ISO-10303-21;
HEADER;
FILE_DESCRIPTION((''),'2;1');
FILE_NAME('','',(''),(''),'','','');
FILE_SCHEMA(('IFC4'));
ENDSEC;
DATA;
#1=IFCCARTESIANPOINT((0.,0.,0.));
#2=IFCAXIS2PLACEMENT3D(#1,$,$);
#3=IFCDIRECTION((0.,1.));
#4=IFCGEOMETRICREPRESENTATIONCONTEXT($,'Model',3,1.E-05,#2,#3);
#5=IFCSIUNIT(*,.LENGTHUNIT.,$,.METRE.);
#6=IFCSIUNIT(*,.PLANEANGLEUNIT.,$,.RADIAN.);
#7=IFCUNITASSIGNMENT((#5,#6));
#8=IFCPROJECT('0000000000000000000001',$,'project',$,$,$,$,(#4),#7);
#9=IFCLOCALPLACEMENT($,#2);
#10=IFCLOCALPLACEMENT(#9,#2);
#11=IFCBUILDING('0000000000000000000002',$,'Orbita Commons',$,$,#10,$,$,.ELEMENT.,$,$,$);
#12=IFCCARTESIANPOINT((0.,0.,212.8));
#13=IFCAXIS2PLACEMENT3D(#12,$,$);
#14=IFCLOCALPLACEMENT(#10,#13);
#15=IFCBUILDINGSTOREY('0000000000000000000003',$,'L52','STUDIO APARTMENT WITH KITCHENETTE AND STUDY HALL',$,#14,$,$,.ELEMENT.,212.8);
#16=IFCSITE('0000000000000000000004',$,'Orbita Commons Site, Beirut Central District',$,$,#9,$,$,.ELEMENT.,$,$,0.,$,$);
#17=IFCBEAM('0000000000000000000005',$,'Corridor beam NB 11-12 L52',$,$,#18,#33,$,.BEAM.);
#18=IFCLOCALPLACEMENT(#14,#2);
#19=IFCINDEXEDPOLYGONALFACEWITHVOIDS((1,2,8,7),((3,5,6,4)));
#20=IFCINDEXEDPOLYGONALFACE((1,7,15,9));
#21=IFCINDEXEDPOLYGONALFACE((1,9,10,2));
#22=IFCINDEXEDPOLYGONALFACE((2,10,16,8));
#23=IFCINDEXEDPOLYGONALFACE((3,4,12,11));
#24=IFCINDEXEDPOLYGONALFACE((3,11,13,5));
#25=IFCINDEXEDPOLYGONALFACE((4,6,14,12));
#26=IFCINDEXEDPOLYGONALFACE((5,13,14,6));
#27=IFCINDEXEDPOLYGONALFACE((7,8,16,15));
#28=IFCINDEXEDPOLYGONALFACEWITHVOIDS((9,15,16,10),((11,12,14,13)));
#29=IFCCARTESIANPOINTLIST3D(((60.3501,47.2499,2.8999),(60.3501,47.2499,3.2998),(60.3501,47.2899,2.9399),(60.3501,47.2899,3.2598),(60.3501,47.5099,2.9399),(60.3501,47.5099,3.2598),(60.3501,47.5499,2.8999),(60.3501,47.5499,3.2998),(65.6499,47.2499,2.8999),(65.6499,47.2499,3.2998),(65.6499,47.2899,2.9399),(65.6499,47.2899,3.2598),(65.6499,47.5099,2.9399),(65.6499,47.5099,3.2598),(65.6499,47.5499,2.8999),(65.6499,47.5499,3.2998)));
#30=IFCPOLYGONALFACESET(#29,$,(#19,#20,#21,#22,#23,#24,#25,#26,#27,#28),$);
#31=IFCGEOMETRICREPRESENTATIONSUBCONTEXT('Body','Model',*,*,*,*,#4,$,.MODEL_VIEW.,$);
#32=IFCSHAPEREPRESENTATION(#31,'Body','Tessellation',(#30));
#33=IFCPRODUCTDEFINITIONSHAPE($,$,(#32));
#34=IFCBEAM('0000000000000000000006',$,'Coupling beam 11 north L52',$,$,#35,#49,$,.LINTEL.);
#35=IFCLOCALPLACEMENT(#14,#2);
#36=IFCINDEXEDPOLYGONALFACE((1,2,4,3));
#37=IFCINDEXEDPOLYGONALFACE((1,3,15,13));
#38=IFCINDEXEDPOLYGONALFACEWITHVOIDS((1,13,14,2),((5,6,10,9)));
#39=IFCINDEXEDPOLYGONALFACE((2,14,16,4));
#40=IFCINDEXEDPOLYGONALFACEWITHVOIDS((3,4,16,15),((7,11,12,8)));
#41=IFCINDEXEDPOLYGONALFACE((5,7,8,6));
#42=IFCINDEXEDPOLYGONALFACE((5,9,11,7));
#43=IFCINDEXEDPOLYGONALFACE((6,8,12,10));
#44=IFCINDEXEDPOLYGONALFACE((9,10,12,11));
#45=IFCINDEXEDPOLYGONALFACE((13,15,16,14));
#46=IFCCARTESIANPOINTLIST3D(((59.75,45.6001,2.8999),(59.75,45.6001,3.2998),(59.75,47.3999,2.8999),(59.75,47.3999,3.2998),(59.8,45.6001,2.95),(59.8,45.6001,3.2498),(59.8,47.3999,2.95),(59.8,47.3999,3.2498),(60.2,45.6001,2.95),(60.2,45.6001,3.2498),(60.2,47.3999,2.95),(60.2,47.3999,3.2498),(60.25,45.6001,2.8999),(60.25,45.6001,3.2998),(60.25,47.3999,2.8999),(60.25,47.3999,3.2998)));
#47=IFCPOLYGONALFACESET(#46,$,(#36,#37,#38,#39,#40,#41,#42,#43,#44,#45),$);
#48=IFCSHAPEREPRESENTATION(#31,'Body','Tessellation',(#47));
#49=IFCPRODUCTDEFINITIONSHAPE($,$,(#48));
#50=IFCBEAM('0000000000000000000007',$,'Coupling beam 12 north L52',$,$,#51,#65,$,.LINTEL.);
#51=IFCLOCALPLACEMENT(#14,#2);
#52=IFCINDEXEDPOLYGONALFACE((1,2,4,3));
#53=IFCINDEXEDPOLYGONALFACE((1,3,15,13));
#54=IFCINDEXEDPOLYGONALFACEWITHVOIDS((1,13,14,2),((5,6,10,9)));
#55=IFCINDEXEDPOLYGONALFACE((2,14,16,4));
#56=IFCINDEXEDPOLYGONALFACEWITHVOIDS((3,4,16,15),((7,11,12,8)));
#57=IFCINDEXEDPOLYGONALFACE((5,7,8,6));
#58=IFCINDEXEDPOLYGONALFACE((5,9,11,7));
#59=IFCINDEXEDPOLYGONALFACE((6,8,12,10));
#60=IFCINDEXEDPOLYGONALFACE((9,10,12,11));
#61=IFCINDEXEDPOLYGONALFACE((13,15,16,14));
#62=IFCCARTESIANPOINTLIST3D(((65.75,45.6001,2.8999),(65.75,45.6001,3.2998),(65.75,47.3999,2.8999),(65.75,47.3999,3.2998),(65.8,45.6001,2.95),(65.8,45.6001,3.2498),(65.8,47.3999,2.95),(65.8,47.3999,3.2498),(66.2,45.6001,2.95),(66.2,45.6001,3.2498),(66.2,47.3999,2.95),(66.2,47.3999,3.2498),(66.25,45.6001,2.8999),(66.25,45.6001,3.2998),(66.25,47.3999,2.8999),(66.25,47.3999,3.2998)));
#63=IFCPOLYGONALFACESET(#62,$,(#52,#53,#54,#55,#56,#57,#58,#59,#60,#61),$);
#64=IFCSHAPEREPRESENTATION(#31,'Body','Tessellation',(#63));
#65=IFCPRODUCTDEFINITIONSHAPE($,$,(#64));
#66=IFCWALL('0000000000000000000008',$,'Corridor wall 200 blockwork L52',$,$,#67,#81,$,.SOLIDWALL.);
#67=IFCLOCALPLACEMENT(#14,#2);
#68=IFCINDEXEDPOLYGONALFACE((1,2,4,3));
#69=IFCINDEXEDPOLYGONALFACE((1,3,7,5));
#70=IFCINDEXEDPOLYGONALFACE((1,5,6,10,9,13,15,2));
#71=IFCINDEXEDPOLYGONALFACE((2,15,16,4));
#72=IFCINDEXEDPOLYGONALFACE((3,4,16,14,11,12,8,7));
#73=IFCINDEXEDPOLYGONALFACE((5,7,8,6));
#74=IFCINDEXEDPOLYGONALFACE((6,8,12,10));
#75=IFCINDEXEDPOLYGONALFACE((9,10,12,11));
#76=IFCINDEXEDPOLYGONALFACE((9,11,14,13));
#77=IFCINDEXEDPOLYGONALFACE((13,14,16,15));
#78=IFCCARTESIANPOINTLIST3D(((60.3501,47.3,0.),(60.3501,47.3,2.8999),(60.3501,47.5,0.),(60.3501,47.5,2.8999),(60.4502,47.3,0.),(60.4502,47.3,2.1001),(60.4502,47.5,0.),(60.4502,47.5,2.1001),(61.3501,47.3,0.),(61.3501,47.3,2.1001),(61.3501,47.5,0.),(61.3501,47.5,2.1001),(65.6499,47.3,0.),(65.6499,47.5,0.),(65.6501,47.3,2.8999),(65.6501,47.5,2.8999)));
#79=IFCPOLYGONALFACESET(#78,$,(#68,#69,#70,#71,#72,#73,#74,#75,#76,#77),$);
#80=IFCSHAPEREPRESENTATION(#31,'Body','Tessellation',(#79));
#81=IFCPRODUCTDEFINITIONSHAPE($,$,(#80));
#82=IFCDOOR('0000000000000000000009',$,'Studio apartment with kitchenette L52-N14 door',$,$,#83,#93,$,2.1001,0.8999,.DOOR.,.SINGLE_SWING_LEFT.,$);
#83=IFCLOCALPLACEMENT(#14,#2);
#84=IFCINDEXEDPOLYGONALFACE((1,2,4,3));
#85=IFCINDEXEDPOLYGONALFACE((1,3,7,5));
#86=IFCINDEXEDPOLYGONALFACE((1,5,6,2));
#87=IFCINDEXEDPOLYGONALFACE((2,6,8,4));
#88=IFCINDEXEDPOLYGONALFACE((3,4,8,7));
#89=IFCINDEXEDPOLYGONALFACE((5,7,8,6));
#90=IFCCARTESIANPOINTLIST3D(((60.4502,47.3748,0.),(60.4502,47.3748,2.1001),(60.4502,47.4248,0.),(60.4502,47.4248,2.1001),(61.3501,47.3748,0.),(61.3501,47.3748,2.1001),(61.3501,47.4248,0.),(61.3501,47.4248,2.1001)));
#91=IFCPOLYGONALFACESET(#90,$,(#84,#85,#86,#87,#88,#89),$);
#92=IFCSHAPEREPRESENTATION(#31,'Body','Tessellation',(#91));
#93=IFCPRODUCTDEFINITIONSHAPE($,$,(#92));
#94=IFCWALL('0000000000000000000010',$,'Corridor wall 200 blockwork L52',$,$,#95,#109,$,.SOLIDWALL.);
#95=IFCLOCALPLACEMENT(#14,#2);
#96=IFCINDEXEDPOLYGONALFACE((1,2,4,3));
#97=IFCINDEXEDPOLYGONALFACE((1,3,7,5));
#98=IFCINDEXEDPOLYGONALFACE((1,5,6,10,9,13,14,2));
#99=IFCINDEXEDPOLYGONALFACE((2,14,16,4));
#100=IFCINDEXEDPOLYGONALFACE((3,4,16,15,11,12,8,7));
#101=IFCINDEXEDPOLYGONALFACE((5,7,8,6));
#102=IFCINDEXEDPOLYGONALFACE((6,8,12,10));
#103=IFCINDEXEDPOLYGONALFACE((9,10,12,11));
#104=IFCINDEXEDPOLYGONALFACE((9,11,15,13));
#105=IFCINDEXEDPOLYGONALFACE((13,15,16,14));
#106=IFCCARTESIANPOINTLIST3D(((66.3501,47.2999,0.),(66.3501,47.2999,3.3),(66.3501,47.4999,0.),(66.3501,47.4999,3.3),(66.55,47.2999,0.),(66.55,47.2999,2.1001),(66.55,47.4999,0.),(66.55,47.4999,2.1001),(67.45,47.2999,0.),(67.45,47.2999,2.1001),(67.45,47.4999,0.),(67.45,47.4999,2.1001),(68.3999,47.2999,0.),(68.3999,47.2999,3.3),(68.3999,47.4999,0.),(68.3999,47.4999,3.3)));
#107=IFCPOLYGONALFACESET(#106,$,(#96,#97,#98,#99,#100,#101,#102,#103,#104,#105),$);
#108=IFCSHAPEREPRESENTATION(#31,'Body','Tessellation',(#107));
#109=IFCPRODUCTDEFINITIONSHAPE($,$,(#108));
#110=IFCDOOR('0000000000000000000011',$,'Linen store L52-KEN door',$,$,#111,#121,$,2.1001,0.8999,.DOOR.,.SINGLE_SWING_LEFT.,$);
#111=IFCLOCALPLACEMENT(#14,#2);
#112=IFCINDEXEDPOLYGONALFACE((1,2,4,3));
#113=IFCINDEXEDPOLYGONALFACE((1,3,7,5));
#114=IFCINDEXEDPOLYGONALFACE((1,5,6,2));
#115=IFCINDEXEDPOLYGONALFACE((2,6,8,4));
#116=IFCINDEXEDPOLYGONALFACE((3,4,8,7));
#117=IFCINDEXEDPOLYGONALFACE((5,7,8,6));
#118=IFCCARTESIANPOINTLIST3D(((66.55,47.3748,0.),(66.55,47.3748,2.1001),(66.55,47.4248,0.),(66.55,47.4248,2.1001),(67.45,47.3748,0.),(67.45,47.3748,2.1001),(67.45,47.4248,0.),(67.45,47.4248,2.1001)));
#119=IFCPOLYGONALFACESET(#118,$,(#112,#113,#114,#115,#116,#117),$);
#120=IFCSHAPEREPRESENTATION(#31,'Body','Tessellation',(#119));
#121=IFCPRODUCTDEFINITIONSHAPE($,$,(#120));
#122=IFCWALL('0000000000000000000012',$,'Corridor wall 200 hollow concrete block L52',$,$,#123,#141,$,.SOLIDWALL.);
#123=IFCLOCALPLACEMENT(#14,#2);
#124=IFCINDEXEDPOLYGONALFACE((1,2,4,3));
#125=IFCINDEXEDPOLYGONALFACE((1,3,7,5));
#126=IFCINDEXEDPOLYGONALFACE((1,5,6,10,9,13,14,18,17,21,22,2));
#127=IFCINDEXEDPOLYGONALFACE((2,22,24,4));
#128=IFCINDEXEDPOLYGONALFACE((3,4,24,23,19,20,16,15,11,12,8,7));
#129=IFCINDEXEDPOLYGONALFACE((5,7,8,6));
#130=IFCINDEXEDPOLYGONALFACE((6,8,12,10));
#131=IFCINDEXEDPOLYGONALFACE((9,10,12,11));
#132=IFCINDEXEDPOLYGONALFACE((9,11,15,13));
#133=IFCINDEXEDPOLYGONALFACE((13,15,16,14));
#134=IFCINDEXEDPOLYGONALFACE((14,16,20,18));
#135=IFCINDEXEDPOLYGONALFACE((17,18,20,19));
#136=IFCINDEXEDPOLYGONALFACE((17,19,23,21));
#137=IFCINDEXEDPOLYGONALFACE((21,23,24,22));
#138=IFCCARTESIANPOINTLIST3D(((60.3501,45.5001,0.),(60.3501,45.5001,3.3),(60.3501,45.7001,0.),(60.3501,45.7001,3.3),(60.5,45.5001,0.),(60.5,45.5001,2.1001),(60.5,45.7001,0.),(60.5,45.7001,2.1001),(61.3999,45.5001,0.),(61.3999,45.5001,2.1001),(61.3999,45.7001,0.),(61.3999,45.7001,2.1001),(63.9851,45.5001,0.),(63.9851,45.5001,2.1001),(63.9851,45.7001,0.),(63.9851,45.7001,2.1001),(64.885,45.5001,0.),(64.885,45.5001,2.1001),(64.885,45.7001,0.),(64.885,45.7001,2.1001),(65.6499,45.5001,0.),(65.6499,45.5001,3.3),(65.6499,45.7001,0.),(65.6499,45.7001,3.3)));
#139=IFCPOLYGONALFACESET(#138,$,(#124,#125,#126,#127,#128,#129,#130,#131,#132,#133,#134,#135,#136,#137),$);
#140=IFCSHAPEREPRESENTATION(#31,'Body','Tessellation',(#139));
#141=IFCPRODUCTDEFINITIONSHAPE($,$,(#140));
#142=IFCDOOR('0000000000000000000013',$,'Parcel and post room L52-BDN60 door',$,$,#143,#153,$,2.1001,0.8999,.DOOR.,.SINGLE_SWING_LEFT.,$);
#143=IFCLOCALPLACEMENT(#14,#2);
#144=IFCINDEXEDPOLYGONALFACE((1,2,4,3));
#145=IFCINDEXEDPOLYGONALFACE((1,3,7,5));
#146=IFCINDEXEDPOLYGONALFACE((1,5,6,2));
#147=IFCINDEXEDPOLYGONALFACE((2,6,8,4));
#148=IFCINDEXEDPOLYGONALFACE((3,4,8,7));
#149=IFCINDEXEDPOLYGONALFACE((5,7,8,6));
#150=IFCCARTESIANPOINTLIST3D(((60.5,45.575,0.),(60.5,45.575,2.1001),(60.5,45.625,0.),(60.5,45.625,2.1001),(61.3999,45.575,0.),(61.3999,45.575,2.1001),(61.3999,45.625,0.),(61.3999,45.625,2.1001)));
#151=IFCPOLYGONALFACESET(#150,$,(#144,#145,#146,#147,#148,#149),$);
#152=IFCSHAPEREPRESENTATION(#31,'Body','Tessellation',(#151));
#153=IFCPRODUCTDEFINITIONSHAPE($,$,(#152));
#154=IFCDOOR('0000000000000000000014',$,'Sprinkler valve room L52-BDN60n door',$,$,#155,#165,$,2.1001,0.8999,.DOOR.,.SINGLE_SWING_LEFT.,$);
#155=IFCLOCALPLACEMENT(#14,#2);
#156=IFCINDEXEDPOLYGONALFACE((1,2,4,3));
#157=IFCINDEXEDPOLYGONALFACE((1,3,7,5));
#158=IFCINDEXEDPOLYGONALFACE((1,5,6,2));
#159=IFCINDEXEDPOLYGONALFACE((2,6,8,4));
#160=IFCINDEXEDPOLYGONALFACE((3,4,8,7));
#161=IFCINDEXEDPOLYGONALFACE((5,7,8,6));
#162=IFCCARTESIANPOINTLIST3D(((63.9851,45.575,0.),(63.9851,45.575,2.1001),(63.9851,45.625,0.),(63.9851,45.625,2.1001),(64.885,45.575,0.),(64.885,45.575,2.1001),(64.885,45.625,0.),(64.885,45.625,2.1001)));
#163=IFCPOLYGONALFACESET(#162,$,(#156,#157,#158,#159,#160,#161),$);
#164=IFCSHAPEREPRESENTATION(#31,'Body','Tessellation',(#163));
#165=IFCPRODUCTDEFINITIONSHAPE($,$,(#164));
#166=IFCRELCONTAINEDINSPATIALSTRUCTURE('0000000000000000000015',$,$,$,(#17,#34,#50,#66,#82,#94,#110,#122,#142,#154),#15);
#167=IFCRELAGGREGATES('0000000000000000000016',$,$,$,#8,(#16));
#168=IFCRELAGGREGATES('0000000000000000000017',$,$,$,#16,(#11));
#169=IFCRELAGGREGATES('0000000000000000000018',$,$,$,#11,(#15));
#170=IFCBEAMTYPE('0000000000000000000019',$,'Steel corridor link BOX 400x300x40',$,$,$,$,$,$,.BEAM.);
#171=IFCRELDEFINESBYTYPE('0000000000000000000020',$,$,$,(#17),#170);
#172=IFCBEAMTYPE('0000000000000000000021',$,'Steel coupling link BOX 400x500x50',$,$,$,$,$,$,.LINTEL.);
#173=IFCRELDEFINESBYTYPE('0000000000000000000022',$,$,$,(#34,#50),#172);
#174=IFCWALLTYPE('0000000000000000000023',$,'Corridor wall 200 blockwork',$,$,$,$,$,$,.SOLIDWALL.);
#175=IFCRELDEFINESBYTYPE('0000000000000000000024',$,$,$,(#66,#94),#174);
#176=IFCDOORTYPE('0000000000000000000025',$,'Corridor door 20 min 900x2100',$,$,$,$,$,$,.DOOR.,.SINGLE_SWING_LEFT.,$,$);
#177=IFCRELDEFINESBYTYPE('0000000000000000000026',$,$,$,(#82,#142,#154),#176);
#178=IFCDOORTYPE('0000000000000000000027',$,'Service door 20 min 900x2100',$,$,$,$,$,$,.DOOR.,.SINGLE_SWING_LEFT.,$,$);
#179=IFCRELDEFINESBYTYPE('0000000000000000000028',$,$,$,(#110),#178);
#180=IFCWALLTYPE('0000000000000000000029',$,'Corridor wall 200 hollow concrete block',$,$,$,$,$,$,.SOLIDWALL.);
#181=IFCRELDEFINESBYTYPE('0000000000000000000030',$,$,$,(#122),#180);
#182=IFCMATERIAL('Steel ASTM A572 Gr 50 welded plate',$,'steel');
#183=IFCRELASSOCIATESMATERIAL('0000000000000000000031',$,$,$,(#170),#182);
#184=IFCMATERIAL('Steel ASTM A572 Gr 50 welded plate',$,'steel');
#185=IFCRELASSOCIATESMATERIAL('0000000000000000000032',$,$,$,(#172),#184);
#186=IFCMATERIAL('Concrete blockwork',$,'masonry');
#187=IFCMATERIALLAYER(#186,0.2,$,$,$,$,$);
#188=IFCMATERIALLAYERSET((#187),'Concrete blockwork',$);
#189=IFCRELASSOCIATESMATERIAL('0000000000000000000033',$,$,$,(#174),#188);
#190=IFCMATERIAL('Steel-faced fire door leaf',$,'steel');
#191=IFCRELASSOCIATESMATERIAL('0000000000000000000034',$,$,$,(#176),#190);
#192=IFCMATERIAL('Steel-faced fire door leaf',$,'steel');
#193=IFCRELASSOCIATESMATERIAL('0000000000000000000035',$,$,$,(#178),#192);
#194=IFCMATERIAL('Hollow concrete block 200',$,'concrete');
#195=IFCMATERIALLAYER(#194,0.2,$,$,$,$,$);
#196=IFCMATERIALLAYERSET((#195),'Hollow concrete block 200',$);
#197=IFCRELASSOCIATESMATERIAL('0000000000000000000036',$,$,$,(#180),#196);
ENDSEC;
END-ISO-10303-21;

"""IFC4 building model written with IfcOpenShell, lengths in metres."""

from ifc_helpers import new_model, si_unit, direction, frame, frame_2d, origin, origin_2d, place, context, subcontext, project, spatial, polyline, rectangle, hollow_rectangle, outline, extrude, material, layer, layer_set, material_profile, profile_set, type_object, element, fill, save


model = new_model("IFC4")

# Units and contexts
model_context = context("Model", 3, precision=1e-05, world=origin(), true_north=direction((0.0, 1.0)))
body_context = subcontext(model_context, "Body", "Model", "MODEL_VIEW")
ifc_project = project(units=[si_unit("LENGTHUNIT", "METRE"), si_unit("PLANEANGLEUNIT", "RADIAN")], contexts=[model_context])

# Site, building, storey
site_placement = place(None, origin())
site = spatial("IfcSite", under=ifc_project, at=site_placement, Name="Orbita Commons Site, Beirut Central District", CompositionType="ELEMENT", RefElevation=0.0)
building_placement = place(site_placement, origin())
building = spatial("IfcBuilding", under=site, at=building_placement, Name="Orbita Commons", CompositionType="ELEMENT")
storey_placement = place(building_placement, frame((0.0, 0.0, 212.8)))
storey = spatial("IfcBuildingStorey", under=building, at=storey_placement, Name="L52", Description="STUDIO APARTMENT WITH KITCHENETTE AND STUDY HALL", CompositionType="ELEMENT", Elevation=212.8)

# Beams
ifc_material_1 = material(Name="Steel ASTM A572 Gr 50 welded plate", Category="steel")
ifc_material_profile_1 = material_profile(ifc_material_1, hollow_rectangle(XDim=0.3, YDim=0.3999, WallThickness=0.04, at=origin_2d()), Name="BOX 400x300x40")
ifc_profile_set_1 = profile_set([ifc_material_profile_1], Name="Steel ASTM A572 Gr 50 welded plate")
beam_type_1 = type_object("IfcBeamType", Name="Steel corridor link BOX 400x300x40", PredefinedType="BEAM", material=ifc_profile_set_1)
beam_placement = place(storey_placement, frame((60.3501, 47.3999, 3.0999), z_axis=(1.0, 0.0, 0.0), x_axis=(0.0, 1.0, 0.0)))
element("IfcBeam", 1, at=beam_placement, inside=storey, type_object=beam_type_1, Name="Corridor beam NB 11-12 L52", PredefinedType="BEAM", context=body_context, shape_type="SweptSolid", body=[
    extrude(hollow_rectangle(XDim=0.3, YDim=0.3999, WallThickness=0.04, at=origin_2d()), origin(), (0.0, 0.0, 1.0), 5.2998),
])
ifc_material_2 = material(Name="Steel ASTM A572 Gr 50 welded plate", Category="steel")
ifc_material_profile_2 = material_profile(ifc_material_2, hollow_rectangle(XDim=0.5, YDim=0.3999, WallThickness=0.05, at=origin_2d()), Name="BOX 400x500x50")
ifc_profile_set_2 = profile_set([ifc_material_profile_2], Name="Steel ASTM A572 Gr 50 welded plate")
beam_type_2 = type_object("IfcBeamType", Name="Steel coupling link BOX 400x500x50", PredefinedType="LINTEL", material=ifc_profile_set_2)
for number, where, z_axis, x_axis, name in (
    (2, (60.0, 45.6001, 3.0999), (0.0, 1.0, 0.0), (-1.0, 0.0, 0.0), "Coupling beam 11 north L52"),
    (3, (66.0, 45.6001, 3.0999), (0.0, 1.0, 0.0), (-1.0, 0.0, 0.0), "Coupling beam 12 north L52"),
):
    element("IfcBeam", number, at=place(storey_placement, frame(where, z_axis=z_axis, x_axis=x_axis)), inside=storey, type_object=beam_type_2, Name=name, PredefinedType="LINTEL", context=body_context, shape_type="SweptSolid", body=[
        extrude(hollow_rectangle(XDim=0.5, YDim=0.3999, WallThickness=0.05, at=origin_2d()), origin(), (0.0, 0.0, 1.0), 1.7998),
    ])

# Walls, openings, doors
ifc_material_3 = material(Name="Concrete blockwork", Category="masonry")
ifc_layer_1 = layer(ifc_material_3, 0.2)
ifc_layer_set_1 = layer_set([ifc_layer_1], Name="Concrete blockwork")
wall_type_1 = type_object("IfcWallType", Name="Corridor wall 200 blockwork", PredefinedType="SOLIDWALL", material=ifc_layer_set_1)
wall_1_placement = place(storey_placement, frame((60.3501, 47.3999, 0.0), z_axis=(0.0, 0.0, 1.0), x_axis=(1.0, 0.0, 0.0)))
wall_1 = element("IfcWall", 4, at=wall_1_placement, inside=storey, type_object=wall_type_1, Name="Corridor wall 200 blockwork L52", PredefinedType="SOLIDWALL", context=body_context, shape_type="SweptSolid", body=[
    extrude(outline(polyline([(0.0, 0.0), (5.2998, 0.0), (5.3, 2.8999), (0.0, 2.8999), (0.0, 0.0)])), frame((0.0, 0.1001, 0.0), z_axis=(0.0, -1.0, 0.0), x_axis=(1.0, 0.0, 0.0)), (0.0, 0.0, 1.0), 0.2),
])
opening_1_placement = place(wall_1_placement, frame((0.1001, 0.0, 0.0)))
opening_1 = element("IfcOpeningElement", 5, at=opening_1_placement, cuts=wall_1, PredefinedType="OPENING", context=body_context, shape_type="SweptSolid", body=[
    extrude(rectangle(XDim=0.8999, YDim=2.1001, at=frame_2d((0.45, 1.05))), frame((0.0, 0.1099, 0.0), z_axis=(0.0, -1.0, 0.0), x_axis=(1.0, 0.0, 0.0)), (0.0, 0.0, 1.0), 0.22),
])
ifc_material_4 = material(Name="Steel-faced fire door leaf", Category="steel")
door_type_1 = type_object("IfcDoorType", Name="Corridor door 20 min 900x2100", OperationType="SINGLE_SWING_LEFT", PredefinedType="DOOR", material=ifc_material_4)
door_1_placement = place(opening_1_placement, origin())
door_1 = element("IfcDoor", 6, at=door_1_placement, inside=storey, type_object=door_type_1, Name="Studio apartment with kitchenette L52-N14 door", OperationType="SINGLE_SWING_LEFT", OverallHeight=2.1001, OverallWidth=0.8999, PredefinedType="DOOR", context=body_context, shape_type="SweptSolid", body=[
    extrude(rectangle(XDim=0.8999, YDim=2.1001, at=frame_2d((0.45, 1.05))), frame((0.0, 0.0249, 0.0), z_axis=(0.0, -1.0, 0.0), x_axis=(1.0, 0.0, 0.0)), (0.0, 0.0, 1.0), 0.05),
])
fill(opening_1, door_1)
wall_2_placement = place(storey_placement, frame((66.3501, 47.3999, 0.0), z_axis=(0.0, 0.0, 1.0), x_axis=(1.0, 0.0, 0.0)))
wall_2 = element("IfcWall", 7, at=wall_2_placement, inside=storey, type_object=wall_type_1, Name="Corridor wall 200 blockwork L52", PredefinedType="SOLIDWALL", context=body_context, shape_type="SweptSolid", body=[
    extrude(rectangle(XDim=2.0498, YDim=0.2, at=frame_2d((1.0249, 0.0))), origin(), (0.0, 0.0, 1.0), 3.3),
])
opening_2_placement = place(wall_2_placement, frame((0.2, 0.0, 0.0)))
opening_2 = element("IfcOpeningElement", 8, at=opening_2_placement, cuts=wall_2, PredefinedType="OPENING", context=body_context, shape_type="SweptSolid", body=[
    extrude(rectangle(XDim=0.8999, YDim=2.1001, at=frame_2d((0.45, 1.05))), frame((0.0, 0.1099, 0.0), z_axis=(0.0, -1.0, 0.0), x_axis=(1.0, 0.0, 0.0)), (0.0, 0.0, 1.0), 0.22),
])
ifc_material_5 = material(Name="Steel-faced fire door leaf", Category="steel")
door_type_2 = type_object("IfcDoorType", Name="Service door 20 min 900x2100", OperationType="SINGLE_SWING_LEFT", PredefinedType="DOOR", material=ifc_material_5)
door_2_placement = place(opening_2_placement, origin())
door_2 = element("IfcDoor", 9, at=door_2_placement, inside=storey, type_object=door_type_2, Name="Linen store L52-KEN door", OperationType="SINGLE_SWING_LEFT", OverallHeight=2.1001, OverallWidth=0.8999, PredefinedType="DOOR", context=body_context, shape_type="SweptSolid", body=[
    extrude(rectangle(XDim=0.8999, YDim=2.1001, at=frame_2d((0.45, 1.05))), frame((0.0, 0.0249, 0.0), z_axis=(0.0, -1.0, 0.0), x_axis=(1.0, 0.0, 0.0)), (0.0, 0.0, 1.0), 0.05),
])
fill(opening_2, door_2)

# Wall, openings, doors
ifc_material_6 = material(Name="Hollow concrete block 200", Category="concrete")
ifc_layer_2 = layer(ifc_material_6, 0.2)
ifc_layer_set_2 = layer_set([ifc_layer_2], Name="Hollow concrete block 200")
wall_type_2 = type_object("IfcWallType", Name="Corridor wall 200 hollow concrete block", PredefinedType="SOLIDWALL", material=ifc_layer_set_2)
wall_3_placement = place(storey_placement, frame((60.3501, 45.6001, 0.0), z_axis=(0.0, 0.0, 1.0), x_axis=(1.0, 0.0, 0.0)))
wall_3 = element("IfcWall", 10, at=wall_3_placement, inside=storey, type_object=wall_type_2, Name="Corridor wall 200 hollow concrete block L52", PredefinedType="SOLIDWALL", context=body_context, shape_type="SweptSolid", body=[
    extrude(rectangle(XDim=5.2998, YDim=0.2, at=frame_2d((2.6499, 0.0))), origin(), (0.0, 0.0, 1.0), 3.3),
])
opening_3_placement = place(wall_3_placement, frame((0.1499, 0.0, 0.0)))
opening_3 = element("IfcOpeningElement", 11, at=opening_3_placement, cuts=wall_3, PredefinedType="OPENING", context=body_context, shape_type="SweptSolid", body=[
    extrude(rectangle(XDim=0.8999, YDim=2.1001, at=frame_2d((0.45, 1.05))), frame((0.0, 0.1099, 0.0), z_axis=(0.0, -1.0, 0.0), x_axis=(1.0, 0.0, 0.0)), (0.0, 0.0, 1.0), 0.22),
])
opening_4_placement = place(wall_3_placement, frame((3.635, 0.0, 0.0)))
opening_4 = element("IfcOpeningElement", 12, at=opening_4_placement, cuts=wall_3, PredefinedType="OPENING", context=body_context, shape_type="SweptSolid", body=[
    extrude(rectangle(XDim=0.8999, YDim=2.1001, at=frame_2d((0.45, 1.05))), frame((0.0, 0.1099, 0.0), z_axis=(0.0, -1.0, 0.0), x_axis=(1.0, 0.0, 0.0)), (0.0, 0.0, 1.0), 0.22),
])
door_3_placement = place(opening_3_placement, origin())
door_3 = element("IfcDoor", 13, at=door_3_placement, inside=storey, type_object=door_type_1, Name="Parcel and post room L52-BDN60 door", OperationType="SINGLE_SWING_LEFT", OverallHeight=2.1001, OverallWidth=0.8999, PredefinedType="DOOR", context=body_context, shape_type="SweptSolid", body=[
    extrude(rectangle(XDim=0.8999, YDim=2.1001, at=frame_2d((0.45, 1.05))), frame((0.0, 0.0249, 0.0), z_axis=(0.0, -1.0, 0.0), x_axis=(1.0, 0.0, 0.0)), (0.0, 0.0, 1.0), 0.05),
])
fill(opening_3, door_3)
door_4_placement = place(opening_4_placement, origin())
door_4 = element("IfcDoor", 14, at=door_4_placement, inside=storey, type_object=door_type_1, Name="Sprinkler valve room L52-BDN60n door", OperationType="SINGLE_SWING_LEFT", OverallHeight=2.1001, OverallWidth=0.8999, PredefinedType="DOOR", context=body_context, shape_type="SweptSolid", body=[
    extrude(rectangle(XDim=0.8999, YDim=2.1001, at=frame_2d((0.45, 1.05))), frame((0.0, 0.0249, 0.0), z_axis=(0.0, -1.0, 0.0), x_axis=(1.0, 0.0, 0.0)), (0.0, 0.0, 1.0), 0.05),
])
fill(opening_4, door_4)

save(model, "model.ifc")
